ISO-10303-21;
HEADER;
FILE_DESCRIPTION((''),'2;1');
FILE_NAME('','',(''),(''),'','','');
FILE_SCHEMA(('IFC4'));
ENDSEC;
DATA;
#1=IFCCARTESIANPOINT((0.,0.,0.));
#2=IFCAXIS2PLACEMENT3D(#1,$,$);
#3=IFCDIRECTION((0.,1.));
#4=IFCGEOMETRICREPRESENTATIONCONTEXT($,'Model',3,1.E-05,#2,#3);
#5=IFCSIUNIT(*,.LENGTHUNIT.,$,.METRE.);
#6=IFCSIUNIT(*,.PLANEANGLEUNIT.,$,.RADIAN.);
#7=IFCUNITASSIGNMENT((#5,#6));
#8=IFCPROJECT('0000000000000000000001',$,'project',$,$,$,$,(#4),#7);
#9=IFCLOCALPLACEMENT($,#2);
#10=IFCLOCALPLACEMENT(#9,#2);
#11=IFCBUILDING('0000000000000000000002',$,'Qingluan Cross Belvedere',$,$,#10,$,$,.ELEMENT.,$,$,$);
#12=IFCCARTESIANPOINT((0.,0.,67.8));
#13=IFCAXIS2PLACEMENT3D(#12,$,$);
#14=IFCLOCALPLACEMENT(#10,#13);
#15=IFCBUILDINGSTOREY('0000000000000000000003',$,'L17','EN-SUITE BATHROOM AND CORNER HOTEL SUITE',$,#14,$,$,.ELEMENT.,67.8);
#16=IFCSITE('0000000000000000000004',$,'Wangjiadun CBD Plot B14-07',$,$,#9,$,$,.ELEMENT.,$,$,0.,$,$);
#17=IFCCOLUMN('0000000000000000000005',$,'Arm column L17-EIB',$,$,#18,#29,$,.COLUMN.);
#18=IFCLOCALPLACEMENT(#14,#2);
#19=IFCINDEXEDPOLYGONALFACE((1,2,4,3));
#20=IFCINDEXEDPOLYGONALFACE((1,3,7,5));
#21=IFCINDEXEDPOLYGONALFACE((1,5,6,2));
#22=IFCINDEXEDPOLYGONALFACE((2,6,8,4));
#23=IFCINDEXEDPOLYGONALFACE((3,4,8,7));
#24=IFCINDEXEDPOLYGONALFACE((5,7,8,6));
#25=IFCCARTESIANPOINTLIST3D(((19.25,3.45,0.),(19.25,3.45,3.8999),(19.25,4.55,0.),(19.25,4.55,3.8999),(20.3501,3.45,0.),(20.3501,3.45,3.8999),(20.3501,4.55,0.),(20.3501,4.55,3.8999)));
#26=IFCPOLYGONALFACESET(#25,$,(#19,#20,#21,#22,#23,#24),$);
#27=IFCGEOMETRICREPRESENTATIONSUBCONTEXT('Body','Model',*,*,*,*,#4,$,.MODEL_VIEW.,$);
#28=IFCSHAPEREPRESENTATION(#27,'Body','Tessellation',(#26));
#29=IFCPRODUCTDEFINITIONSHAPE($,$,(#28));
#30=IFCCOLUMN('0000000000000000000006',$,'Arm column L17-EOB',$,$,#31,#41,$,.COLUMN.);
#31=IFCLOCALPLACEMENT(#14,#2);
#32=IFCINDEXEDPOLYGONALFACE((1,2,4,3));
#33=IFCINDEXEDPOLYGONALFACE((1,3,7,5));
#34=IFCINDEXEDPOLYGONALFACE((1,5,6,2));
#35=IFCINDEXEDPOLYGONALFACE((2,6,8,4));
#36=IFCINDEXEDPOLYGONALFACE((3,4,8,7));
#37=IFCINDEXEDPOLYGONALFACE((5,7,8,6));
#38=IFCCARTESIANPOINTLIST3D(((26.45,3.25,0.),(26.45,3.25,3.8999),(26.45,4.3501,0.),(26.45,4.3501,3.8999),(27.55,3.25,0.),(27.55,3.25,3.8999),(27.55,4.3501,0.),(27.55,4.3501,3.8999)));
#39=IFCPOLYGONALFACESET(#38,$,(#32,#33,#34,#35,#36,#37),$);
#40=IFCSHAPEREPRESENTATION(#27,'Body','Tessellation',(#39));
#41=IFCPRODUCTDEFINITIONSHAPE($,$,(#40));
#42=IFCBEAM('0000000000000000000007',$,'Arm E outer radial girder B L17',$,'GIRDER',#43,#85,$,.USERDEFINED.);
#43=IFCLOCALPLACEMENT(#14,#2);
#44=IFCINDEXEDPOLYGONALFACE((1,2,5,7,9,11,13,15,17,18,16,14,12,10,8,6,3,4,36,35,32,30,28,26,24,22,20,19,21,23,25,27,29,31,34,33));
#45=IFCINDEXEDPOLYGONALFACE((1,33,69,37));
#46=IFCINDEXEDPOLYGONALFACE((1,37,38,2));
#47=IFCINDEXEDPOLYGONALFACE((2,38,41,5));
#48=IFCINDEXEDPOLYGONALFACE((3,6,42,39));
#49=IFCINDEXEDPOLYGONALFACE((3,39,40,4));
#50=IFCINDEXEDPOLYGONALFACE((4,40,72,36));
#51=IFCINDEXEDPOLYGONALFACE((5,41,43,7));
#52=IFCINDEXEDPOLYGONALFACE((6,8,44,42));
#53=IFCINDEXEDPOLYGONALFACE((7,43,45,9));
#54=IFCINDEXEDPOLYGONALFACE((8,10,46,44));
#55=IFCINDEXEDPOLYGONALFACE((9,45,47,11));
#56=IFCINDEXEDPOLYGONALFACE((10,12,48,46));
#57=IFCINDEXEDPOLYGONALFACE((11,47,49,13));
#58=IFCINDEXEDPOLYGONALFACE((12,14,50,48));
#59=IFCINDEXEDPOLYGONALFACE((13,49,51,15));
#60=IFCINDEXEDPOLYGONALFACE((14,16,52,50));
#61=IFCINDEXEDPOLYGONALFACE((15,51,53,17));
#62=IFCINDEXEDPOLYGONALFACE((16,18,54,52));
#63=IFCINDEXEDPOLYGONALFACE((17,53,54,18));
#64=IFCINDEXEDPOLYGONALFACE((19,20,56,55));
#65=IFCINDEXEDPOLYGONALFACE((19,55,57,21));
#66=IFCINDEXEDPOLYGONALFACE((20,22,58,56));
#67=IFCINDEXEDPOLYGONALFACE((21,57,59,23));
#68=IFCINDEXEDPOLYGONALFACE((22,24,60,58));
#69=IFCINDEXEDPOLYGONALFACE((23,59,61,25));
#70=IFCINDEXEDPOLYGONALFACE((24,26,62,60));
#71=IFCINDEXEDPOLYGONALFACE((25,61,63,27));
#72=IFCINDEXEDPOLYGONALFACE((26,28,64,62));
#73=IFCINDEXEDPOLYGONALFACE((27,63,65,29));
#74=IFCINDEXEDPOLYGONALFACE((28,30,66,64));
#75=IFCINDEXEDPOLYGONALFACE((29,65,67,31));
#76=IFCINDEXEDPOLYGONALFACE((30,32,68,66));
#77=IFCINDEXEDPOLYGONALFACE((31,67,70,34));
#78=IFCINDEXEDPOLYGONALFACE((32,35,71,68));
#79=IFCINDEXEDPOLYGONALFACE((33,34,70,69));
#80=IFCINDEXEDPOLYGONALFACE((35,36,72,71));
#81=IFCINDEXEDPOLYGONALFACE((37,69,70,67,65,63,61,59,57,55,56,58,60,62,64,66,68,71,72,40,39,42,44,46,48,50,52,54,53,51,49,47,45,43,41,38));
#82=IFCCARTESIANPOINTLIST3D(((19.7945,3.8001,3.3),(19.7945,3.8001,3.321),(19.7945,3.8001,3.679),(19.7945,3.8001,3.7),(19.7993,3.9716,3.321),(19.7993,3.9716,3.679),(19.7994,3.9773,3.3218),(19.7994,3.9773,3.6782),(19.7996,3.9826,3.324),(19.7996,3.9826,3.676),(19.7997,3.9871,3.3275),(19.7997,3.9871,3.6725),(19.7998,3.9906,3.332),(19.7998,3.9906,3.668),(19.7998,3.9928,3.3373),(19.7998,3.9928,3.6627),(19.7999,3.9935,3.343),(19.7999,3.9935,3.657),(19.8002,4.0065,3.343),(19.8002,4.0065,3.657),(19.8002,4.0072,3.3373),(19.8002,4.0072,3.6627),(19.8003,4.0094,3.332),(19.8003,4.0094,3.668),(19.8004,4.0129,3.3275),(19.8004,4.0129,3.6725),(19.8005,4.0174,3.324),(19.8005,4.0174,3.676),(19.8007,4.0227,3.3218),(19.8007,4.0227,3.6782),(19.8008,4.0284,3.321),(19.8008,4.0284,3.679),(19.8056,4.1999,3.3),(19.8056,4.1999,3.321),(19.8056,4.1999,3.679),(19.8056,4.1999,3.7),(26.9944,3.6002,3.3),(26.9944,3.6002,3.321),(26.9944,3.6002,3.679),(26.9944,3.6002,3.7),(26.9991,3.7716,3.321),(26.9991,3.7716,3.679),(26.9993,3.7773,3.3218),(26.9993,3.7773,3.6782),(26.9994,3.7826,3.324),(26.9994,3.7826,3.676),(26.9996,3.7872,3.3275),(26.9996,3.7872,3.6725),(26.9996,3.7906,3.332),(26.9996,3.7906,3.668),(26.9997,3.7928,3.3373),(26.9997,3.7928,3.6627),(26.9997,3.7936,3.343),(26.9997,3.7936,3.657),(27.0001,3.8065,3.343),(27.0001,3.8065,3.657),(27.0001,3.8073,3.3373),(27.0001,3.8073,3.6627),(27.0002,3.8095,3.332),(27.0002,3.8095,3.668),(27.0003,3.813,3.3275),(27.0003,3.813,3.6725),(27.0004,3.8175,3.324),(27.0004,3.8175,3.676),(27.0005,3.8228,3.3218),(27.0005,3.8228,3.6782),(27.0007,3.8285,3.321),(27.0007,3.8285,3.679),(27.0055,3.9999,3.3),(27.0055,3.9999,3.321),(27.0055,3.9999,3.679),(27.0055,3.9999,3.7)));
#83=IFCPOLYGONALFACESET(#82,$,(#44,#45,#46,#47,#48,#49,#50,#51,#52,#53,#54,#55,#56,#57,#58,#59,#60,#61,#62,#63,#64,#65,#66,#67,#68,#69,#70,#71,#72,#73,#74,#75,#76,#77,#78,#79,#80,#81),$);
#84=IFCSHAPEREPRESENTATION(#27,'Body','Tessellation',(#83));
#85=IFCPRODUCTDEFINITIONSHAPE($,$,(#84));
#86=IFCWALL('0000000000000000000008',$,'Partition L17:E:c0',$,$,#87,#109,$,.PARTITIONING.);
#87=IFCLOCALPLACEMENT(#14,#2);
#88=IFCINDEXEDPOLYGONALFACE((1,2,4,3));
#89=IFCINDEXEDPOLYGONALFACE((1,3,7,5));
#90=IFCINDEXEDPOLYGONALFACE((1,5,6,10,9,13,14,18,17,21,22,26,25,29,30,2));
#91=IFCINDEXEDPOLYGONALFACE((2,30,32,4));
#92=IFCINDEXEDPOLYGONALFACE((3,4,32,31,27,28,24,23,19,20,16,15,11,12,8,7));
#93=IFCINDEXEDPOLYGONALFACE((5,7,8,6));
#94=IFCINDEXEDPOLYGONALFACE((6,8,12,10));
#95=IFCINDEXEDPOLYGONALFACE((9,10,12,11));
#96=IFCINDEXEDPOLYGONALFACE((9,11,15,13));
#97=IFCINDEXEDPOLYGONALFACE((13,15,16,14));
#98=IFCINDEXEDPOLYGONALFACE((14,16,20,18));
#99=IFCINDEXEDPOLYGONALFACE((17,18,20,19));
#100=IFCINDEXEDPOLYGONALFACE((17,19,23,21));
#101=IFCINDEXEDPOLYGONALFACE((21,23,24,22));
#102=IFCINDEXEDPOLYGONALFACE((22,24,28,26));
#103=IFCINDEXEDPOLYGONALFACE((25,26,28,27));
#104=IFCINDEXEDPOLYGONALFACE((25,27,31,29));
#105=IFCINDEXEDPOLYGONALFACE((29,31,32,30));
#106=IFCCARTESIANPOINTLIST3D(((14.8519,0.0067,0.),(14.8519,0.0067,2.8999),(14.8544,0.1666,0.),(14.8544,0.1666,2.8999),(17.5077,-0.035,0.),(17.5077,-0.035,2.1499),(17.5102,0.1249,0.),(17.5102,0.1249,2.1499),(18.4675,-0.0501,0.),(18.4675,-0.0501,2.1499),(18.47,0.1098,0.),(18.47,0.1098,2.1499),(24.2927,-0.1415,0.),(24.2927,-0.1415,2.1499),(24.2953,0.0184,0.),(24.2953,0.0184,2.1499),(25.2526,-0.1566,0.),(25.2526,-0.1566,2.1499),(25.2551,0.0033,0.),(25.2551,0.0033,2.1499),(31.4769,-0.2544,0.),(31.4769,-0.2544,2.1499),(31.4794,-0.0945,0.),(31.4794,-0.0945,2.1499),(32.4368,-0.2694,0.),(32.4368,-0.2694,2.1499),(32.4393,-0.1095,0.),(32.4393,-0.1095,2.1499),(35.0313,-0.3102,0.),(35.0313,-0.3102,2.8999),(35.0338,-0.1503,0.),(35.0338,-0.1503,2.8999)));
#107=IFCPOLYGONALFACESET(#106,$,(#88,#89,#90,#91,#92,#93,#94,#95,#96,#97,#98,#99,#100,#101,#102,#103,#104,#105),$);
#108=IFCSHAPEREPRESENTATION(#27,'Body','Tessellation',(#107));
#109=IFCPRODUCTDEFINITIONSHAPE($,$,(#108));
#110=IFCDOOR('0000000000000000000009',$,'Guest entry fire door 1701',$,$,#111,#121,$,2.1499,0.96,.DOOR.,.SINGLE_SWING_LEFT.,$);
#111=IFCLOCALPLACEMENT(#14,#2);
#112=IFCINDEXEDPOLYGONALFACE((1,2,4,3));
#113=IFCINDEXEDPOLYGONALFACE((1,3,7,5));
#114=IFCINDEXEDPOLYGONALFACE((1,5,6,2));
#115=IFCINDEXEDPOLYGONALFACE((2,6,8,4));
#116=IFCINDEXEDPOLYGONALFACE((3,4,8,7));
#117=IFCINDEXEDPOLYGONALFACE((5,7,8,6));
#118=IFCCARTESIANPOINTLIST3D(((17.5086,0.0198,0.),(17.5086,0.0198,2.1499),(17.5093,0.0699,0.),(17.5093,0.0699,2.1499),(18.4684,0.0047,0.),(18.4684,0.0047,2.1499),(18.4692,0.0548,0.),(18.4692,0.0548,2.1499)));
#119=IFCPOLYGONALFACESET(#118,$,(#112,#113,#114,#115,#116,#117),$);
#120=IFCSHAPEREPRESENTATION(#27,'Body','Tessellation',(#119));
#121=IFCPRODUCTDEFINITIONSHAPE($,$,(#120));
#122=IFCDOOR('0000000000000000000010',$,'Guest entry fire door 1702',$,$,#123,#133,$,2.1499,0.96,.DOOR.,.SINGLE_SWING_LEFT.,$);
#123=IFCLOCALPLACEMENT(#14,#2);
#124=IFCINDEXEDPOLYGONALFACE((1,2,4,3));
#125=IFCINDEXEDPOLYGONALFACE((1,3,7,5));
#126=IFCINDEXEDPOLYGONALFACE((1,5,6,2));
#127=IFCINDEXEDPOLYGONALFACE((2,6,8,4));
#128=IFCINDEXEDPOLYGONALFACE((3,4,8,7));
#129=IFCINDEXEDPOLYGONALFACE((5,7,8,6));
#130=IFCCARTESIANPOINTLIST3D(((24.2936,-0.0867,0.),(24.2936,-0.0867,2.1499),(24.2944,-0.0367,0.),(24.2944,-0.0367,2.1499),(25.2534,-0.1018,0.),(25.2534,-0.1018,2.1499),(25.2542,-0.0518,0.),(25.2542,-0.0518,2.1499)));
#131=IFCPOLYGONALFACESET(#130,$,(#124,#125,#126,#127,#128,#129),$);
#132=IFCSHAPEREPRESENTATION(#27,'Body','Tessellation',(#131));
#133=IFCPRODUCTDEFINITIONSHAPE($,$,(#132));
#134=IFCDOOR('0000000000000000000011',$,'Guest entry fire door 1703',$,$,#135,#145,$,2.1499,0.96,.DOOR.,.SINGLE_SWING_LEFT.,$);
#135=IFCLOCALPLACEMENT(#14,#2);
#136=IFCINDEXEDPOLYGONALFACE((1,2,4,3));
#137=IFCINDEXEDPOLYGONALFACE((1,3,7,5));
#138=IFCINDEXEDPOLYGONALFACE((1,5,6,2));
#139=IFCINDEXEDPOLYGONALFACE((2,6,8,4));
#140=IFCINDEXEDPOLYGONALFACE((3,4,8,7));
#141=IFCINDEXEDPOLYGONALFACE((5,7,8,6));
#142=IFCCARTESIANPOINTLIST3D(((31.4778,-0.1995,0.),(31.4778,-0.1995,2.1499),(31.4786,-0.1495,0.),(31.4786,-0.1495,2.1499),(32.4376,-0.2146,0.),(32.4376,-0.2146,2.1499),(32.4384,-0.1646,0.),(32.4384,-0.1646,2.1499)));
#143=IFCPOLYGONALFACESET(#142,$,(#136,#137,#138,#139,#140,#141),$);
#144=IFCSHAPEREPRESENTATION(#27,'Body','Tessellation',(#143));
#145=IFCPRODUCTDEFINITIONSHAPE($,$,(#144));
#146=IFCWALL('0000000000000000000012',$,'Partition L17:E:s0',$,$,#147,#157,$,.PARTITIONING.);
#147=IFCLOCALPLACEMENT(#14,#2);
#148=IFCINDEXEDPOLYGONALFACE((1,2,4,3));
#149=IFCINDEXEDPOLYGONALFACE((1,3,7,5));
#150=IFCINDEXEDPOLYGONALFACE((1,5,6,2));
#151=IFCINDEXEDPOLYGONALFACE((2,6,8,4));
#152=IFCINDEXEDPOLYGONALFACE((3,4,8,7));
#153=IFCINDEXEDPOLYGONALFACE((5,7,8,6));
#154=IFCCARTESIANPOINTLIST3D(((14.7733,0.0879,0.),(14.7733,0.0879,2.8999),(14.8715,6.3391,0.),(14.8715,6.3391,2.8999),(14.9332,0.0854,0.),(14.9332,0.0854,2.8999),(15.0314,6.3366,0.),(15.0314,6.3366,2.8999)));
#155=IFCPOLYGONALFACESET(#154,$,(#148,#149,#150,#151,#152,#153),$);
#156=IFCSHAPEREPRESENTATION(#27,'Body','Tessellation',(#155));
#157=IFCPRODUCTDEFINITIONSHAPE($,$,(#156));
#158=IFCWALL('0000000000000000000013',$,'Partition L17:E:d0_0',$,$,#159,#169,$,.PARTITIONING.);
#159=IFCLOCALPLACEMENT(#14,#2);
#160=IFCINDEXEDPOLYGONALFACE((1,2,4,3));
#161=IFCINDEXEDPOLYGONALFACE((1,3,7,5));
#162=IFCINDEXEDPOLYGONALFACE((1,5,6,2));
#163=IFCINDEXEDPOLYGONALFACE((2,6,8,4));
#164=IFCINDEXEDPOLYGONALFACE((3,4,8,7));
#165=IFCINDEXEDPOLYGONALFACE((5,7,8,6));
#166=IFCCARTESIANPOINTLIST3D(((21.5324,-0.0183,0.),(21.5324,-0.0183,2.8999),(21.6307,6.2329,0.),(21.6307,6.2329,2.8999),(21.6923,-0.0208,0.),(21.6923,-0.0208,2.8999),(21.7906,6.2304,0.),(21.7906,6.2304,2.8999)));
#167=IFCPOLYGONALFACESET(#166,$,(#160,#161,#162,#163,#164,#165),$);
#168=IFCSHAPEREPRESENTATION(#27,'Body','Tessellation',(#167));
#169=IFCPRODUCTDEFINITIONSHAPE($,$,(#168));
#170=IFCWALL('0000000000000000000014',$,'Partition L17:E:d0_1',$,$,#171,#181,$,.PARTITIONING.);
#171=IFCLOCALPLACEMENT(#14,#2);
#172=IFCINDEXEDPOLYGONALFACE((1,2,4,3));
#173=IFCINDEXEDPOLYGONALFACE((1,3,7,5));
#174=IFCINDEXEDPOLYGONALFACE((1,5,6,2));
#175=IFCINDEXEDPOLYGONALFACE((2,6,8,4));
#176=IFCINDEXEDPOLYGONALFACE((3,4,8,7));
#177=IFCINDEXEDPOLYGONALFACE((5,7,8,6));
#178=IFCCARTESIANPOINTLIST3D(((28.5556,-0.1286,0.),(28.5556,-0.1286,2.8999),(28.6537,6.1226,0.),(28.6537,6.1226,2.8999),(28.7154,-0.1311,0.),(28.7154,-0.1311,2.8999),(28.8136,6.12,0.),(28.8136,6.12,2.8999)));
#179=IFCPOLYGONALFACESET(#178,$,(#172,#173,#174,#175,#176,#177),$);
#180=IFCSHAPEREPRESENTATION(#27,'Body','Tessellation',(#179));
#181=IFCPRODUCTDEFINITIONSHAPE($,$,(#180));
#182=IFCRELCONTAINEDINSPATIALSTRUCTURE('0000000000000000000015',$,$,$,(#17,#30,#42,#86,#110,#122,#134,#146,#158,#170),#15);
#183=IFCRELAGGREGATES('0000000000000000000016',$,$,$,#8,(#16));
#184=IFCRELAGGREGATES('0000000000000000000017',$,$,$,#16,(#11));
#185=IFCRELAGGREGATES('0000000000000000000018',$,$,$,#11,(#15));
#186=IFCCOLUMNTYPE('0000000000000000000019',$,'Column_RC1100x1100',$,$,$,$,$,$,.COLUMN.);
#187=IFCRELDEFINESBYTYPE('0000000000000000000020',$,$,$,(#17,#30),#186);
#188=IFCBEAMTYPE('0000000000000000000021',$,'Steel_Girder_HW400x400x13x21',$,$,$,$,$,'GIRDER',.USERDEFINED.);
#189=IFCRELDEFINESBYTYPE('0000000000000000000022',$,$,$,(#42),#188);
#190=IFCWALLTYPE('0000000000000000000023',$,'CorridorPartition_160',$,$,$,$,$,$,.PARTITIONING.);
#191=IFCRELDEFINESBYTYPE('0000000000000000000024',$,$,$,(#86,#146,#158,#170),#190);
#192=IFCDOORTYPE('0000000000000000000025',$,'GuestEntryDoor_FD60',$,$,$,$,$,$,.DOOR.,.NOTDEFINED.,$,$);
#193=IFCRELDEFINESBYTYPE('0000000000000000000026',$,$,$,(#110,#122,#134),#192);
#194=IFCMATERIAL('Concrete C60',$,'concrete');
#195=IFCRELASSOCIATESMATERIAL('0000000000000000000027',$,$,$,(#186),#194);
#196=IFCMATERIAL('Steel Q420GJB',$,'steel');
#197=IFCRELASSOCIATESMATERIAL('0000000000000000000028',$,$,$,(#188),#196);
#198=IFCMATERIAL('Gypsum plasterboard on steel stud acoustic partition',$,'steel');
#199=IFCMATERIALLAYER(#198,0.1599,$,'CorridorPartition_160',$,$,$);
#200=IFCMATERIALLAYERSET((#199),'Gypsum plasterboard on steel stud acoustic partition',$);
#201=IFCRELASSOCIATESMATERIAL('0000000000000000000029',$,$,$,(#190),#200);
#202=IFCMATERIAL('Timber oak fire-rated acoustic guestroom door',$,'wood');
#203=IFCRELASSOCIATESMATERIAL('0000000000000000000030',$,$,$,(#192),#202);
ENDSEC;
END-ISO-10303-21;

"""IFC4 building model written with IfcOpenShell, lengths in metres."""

from ifc_helpers import new_model, si_unit, direction, frame, frame_2d, origin, origin_2d, place, context, subcontext, project, spatial, rectangle, i_section, extrude, material, layer, layer_set, material_profile, profile_set, type_object, element, fill, save


model = new_model("IFC4")

# Units and contexts
model_context = context("Model", 3, precision=1e-05, world=origin(), true_north=direction((0.0, 1.0)))
body_context = subcontext(model_context, "Body", "Model", "MODEL_VIEW")
ifc_project = project(units=[si_unit("LENGTHUNIT", "METRE"), si_unit("PLANEANGLEUNIT", "RADIAN")], contexts=[model_context])

# Site, building, storey
site_placement = place(None, origin())
site = spatial("IfcSite", under=ifc_project, at=site_placement, Name="Wangjiadun CBD Plot B14-07", CompositionType="ELEMENT", RefElevation=0.0)
building_placement = place(site_placement, origin())
building = spatial("IfcBuilding", under=site, at=building_placement, Name="Qingluan Cross Belvedere", CompositionType="ELEMENT")
storey_placement = place(building_placement, frame((0.0, 0.0, 67.8)))
storey = spatial("IfcBuildingStorey", under=building, at=storey_placement, Name="L17", Description="EN-SUITE BATHROOM AND CORNER HOTEL SUITE", CompositionType="ELEMENT", Elevation=67.8)

# Columns
ifc_material_1 = material(Name="Concrete C60", Category="concrete")
ifc_material_profile_1 = material_profile(ifc_material_1, rectangle(XDim=1.1001, YDim=1.1001, at=origin_2d()), Name="RC1100x1100")
ifc_profile_set_1 = profile_set([ifc_material_profile_1], Name="Concrete C60")
column_type = type_object("IfcColumnType", Name="Column_RC1100x1100", PredefinedType="COLUMN", material=ifc_profile_set_1)
for number, where, z_axis, x_axis, name in (
    (1, (19.8, 4.0, 0.0), (0.0, 0.0, 1.0), (1.0, 0.0, 0.0), "Arm column L17-EIB"),
    (2, (27.0, 3.8, 0.0), (0.0, 0.0, 1.0), (1.0, 0.0, 0.0), "Arm column L17-EOB"),
):
    element("IfcColumn", number, at=place(storey_placement, frame(where, z_axis=z_axis, x_axis=x_axis)), inside=storey, type_object=column_type, Name=name, PredefinedType="COLUMN", context=body_context, shape_type="SweptSolid", body=[
        extrude(rectangle(XDim=1.1001, YDim=1.1001, at=origin_2d()), origin(), (0.0, 0.0, 1.0), 3.8999),
    ])

# Beam
ifc_material_2 = material(Name="Steel Q420GJB", Category="steel")
ifc_material_profile_2 = material_profile(ifc_material_2, i_section(OverallWidth=0.3999, OverallDepth=0.3999, WebThickness=0.0129, FlangeThickness=0.021, FilletRadius=0.022, at=origin_2d()), Name="HW400x400x13x21")
ifc_profile_set_2 = profile_set([ifc_material_profile_2], Name="Steel Q420GJB")
beam_type = type_object("IfcBeamType", Name="Steel_Girder_HW400x400x13x21", ElementType="GIRDER", PredefinedType="USERDEFINED", material=ifc_profile_set_2)
beam_placement = place(storey_placement, frame((19.8, 4.0, 3.5), z_axis=(0.999615, -0.02776, 0.0), x_axis=(0.02776, 0.999615, 0.0)))
element("IfcBeam", 3, at=beam_placement, inside=storey, type_object=beam_type, Name="Arm E outer radial girder B L17", ObjectType="GIRDER", PredefinedType="USERDEFINED", context=body_context, shape_type="SweptSolid", body=[
    extrude(i_section(OverallWidth=0.3999, OverallDepth=0.3999, WebThickness=0.0129, FlangeThickness=0.021, FilletRadius=0.022, at=origin_2d()), origin(), (0.0, 0.0, 1.0), 7.2026),
])

# Wall, openings, doors
ifc_material_3 = material(Name="Gypsum plasterboard on steel stud acoustic partition", Category="steel")
ifc_layer_1 = layer(ifc_material_3, 0.1599, Name="CorridorPartition_160")
ifc_layer_set_1 = layer_set([ifc_layer_1], Name="Gypsum plasterboard on steel stud acoustic partition")
wall_type_1 = type_object("IfcWallType", Name="CorridorPartition_160", PredefinedType="PARTITIONING", material=ifc_layer_set_1)
wall_1_placement = place(storey_placement, frame((14.8533, 0.0867, 0.0), z_axis=(0.0, 0.0, 1.0), x_axis=(0.999877, -0.015702, 0.0)))
wall_1 = element("IfcWall", 4, at=wall_1_placement, inside=storey, type_object=wall_type_1, Name="Partition L17:E:c0", PredefinedType="PARTITIONING", context=body_context, shape_type="SweptSolid", body=[
    extrude(rectangle(XDim=20.1819, YDim=0.1599, at=frame_2d((10.0908, 0.0))), origin(), (0.0, 0.0, 1.0), 2.8999),
])
opening_1_placement = place(wall_1_placement, frame((2.656, 0.0, 0.0)))
opening_1 = element("IfcOpeningElement", 5, at=opening_1_placement, cuts=wall_1, PredefinedType="OPENING", context=body_context, shape_type="SweptSolid", body=[
    extrude(rectangle(XDim=0.96, YDim=2.1499, at=frame_2d((0.48, 1.075))), frame((0.0, 0.0898, 0.0), z_axis=(0.0, -1.0, 0.0), x_axis=(1.0, 0.0, 0.0)), (0.0, 0.0, 1.0), 0.1799),
])
opening_2_placement = place(wall_1_placement, frame((9.4419, 0.0, 0.0)))
opening_2 = element("IfcOpeningElement", 6, at=opening_2_placement, cuts=wall_1, PredefinedType="OPENING", context=body_context, shape_type="SweptSolid", body=[
    extrude(rectangle(XDim=0.96, YDim=2.1499, at=frame_2d((0.48, 1.075))), frame((0.0, 0.0898, 0.0), z_axis=(0.0, -1.0, 0.0), x_axis=(1.0, 0.0, 0.0)), (0.0, 0.0, 1.0), 0.1799),
])
opening_3_placement = place(wall_1_placement, frame((16.627, 0.0, 0.0)))
opening_3 = element("IfcOpeningElement", 7, at=opening_3_placement, cuts=wall_1, PredefinedType="OPENING", context=body_context, shape_type="SweptSolid", body=[
    extrude(rectangle(XDim=0.96, YDim=2.1499, at=frame_2d((0.48, 1.075))), frame((0.0, 0.0898, 0.0), z_axis=(0.0, -1.0, 0.0), x_axis=(1.0, 0.0, 0.0)), (0.0, 0.0, 1.0), 0.1799),
])
ifc_material_4 = material(Name="Timber oak fire-rated acoustic guestroom door", Category="wood")
door_type_1 = type_object("IfcDoorType", Name="GuestEntryDoor_FD60", OperationType="NOTDEFINED", PredefinedType="DOOR", material=ifc_material_4)
door_1_placement = place(opening_1_placement, origin())
door_1 = element("IfcDoor", 8, at=door_1_placement, inside=storey, type_object=door_type_1, Name="Guest entry fire door 1701", OperationType="SINGLE_SWING_LEFT", OverallHeight=2.1499, OverallWidth=0.96, PredefinedType="DOOR", context=body_context, shape_type="SweptSolid", body=[
    extrude(rectangle(XDim=0.96, YDim=2.1499, at=frame_2d((0.48, 1.075))), frame((0.0, 0.0249, 0.0), z_axis=(0.0, -1.0, 0.0), x_axis=(1.0, 0.0, 0.0)), (0.0, 0.0, 1.0), 0.05),
])
fill(opening_1, door_1)
door_2_placement = place(opening_2_placement, origin())
door_2 = element("IfcDoor", 9, at=door_2_placement, inside=storey, type_object=door_type_1, Name="Guest entry fire door 1702", OperationType="SINGLE_SWING_LEFT", OverallHeight=2.1499, OverallWidth=0.96, PredefinedType="DOOR", context=body_context, shape_type="SweptSolid", body=[
    extrude(rectangle(XDim=0.96, YDim=2.1499, at=frame_2d((0.48, 1.075))), frame((0.0, 0.0249, 0.0), z_axis=(0.0, -1.0, 0.0), x_axis=(1.0, 0.0, 0.0)), (0.0, 0.0, 1.0), 0.05),
])
fill(opening_2, door_2)
door_3_placement = place(opening_3_placement, origin())
door_3 = element("IfcDoor", 10, at=door_3_placement, inside=storey, type_object=door_type_1, Name="Guest entry fire door 1703", OperationType="SINGLE_SWING_LEFT", OverallHeight=2.1499, OverallWidth=0.96, PredefinedType="DOOR", context=body_context, shape_type="SweptSolid", body=[
    extrude(rectangle(XDim=0.96, YDim=2.1499, at=frame_2d((0.48, 1.075))), frame((0.0, 0.0249, 0.0), z_axis=(0.0, -1.0, 0.0), x_axis=(1.0, 0.0, 0.0)), (0.0, 0.0, 1.0), 0.05),
])
fill(opening_3, door_3)

# Walls
for number, where, z_axis, x_axis, name in (
    (11, (14.8533, 0.0867, 0.0), (0.0, 0.0, 1.0), (0.015698, 0.999877, 0.0), "Partition L17:E:s0"),
    (12, (21.6123, -0.0195, 0.0), (0.0, 0.0, 1.0), (0.015737, 0.999876, 0.0), "Partition L17:E:d0_0"),
    (13, (28.6355, -0.1299, 0.0), (0.0, 0.0, 1.0), (0.015698, 0.999877, 0.0), "Partition L17:E:d0_1"),
):
    element("IfcWall", number, at=place(storey_placement, frame(where, z_axis=z_axis, x_axis=x_axis)), inside=storey, type_object=wall_type_1, Name=name, PredefinedType="PARTITIONING", context=body_context, shape_type="SweptSolid", body=[
        extrude(rectangle(XDim=6.252, YDim=0.1599, at=frame_2d((3.126, 0.0))), origin(), (0.0, 0.0, 1.0), 2.8999),
    ])

save(model, "model.ifc")
